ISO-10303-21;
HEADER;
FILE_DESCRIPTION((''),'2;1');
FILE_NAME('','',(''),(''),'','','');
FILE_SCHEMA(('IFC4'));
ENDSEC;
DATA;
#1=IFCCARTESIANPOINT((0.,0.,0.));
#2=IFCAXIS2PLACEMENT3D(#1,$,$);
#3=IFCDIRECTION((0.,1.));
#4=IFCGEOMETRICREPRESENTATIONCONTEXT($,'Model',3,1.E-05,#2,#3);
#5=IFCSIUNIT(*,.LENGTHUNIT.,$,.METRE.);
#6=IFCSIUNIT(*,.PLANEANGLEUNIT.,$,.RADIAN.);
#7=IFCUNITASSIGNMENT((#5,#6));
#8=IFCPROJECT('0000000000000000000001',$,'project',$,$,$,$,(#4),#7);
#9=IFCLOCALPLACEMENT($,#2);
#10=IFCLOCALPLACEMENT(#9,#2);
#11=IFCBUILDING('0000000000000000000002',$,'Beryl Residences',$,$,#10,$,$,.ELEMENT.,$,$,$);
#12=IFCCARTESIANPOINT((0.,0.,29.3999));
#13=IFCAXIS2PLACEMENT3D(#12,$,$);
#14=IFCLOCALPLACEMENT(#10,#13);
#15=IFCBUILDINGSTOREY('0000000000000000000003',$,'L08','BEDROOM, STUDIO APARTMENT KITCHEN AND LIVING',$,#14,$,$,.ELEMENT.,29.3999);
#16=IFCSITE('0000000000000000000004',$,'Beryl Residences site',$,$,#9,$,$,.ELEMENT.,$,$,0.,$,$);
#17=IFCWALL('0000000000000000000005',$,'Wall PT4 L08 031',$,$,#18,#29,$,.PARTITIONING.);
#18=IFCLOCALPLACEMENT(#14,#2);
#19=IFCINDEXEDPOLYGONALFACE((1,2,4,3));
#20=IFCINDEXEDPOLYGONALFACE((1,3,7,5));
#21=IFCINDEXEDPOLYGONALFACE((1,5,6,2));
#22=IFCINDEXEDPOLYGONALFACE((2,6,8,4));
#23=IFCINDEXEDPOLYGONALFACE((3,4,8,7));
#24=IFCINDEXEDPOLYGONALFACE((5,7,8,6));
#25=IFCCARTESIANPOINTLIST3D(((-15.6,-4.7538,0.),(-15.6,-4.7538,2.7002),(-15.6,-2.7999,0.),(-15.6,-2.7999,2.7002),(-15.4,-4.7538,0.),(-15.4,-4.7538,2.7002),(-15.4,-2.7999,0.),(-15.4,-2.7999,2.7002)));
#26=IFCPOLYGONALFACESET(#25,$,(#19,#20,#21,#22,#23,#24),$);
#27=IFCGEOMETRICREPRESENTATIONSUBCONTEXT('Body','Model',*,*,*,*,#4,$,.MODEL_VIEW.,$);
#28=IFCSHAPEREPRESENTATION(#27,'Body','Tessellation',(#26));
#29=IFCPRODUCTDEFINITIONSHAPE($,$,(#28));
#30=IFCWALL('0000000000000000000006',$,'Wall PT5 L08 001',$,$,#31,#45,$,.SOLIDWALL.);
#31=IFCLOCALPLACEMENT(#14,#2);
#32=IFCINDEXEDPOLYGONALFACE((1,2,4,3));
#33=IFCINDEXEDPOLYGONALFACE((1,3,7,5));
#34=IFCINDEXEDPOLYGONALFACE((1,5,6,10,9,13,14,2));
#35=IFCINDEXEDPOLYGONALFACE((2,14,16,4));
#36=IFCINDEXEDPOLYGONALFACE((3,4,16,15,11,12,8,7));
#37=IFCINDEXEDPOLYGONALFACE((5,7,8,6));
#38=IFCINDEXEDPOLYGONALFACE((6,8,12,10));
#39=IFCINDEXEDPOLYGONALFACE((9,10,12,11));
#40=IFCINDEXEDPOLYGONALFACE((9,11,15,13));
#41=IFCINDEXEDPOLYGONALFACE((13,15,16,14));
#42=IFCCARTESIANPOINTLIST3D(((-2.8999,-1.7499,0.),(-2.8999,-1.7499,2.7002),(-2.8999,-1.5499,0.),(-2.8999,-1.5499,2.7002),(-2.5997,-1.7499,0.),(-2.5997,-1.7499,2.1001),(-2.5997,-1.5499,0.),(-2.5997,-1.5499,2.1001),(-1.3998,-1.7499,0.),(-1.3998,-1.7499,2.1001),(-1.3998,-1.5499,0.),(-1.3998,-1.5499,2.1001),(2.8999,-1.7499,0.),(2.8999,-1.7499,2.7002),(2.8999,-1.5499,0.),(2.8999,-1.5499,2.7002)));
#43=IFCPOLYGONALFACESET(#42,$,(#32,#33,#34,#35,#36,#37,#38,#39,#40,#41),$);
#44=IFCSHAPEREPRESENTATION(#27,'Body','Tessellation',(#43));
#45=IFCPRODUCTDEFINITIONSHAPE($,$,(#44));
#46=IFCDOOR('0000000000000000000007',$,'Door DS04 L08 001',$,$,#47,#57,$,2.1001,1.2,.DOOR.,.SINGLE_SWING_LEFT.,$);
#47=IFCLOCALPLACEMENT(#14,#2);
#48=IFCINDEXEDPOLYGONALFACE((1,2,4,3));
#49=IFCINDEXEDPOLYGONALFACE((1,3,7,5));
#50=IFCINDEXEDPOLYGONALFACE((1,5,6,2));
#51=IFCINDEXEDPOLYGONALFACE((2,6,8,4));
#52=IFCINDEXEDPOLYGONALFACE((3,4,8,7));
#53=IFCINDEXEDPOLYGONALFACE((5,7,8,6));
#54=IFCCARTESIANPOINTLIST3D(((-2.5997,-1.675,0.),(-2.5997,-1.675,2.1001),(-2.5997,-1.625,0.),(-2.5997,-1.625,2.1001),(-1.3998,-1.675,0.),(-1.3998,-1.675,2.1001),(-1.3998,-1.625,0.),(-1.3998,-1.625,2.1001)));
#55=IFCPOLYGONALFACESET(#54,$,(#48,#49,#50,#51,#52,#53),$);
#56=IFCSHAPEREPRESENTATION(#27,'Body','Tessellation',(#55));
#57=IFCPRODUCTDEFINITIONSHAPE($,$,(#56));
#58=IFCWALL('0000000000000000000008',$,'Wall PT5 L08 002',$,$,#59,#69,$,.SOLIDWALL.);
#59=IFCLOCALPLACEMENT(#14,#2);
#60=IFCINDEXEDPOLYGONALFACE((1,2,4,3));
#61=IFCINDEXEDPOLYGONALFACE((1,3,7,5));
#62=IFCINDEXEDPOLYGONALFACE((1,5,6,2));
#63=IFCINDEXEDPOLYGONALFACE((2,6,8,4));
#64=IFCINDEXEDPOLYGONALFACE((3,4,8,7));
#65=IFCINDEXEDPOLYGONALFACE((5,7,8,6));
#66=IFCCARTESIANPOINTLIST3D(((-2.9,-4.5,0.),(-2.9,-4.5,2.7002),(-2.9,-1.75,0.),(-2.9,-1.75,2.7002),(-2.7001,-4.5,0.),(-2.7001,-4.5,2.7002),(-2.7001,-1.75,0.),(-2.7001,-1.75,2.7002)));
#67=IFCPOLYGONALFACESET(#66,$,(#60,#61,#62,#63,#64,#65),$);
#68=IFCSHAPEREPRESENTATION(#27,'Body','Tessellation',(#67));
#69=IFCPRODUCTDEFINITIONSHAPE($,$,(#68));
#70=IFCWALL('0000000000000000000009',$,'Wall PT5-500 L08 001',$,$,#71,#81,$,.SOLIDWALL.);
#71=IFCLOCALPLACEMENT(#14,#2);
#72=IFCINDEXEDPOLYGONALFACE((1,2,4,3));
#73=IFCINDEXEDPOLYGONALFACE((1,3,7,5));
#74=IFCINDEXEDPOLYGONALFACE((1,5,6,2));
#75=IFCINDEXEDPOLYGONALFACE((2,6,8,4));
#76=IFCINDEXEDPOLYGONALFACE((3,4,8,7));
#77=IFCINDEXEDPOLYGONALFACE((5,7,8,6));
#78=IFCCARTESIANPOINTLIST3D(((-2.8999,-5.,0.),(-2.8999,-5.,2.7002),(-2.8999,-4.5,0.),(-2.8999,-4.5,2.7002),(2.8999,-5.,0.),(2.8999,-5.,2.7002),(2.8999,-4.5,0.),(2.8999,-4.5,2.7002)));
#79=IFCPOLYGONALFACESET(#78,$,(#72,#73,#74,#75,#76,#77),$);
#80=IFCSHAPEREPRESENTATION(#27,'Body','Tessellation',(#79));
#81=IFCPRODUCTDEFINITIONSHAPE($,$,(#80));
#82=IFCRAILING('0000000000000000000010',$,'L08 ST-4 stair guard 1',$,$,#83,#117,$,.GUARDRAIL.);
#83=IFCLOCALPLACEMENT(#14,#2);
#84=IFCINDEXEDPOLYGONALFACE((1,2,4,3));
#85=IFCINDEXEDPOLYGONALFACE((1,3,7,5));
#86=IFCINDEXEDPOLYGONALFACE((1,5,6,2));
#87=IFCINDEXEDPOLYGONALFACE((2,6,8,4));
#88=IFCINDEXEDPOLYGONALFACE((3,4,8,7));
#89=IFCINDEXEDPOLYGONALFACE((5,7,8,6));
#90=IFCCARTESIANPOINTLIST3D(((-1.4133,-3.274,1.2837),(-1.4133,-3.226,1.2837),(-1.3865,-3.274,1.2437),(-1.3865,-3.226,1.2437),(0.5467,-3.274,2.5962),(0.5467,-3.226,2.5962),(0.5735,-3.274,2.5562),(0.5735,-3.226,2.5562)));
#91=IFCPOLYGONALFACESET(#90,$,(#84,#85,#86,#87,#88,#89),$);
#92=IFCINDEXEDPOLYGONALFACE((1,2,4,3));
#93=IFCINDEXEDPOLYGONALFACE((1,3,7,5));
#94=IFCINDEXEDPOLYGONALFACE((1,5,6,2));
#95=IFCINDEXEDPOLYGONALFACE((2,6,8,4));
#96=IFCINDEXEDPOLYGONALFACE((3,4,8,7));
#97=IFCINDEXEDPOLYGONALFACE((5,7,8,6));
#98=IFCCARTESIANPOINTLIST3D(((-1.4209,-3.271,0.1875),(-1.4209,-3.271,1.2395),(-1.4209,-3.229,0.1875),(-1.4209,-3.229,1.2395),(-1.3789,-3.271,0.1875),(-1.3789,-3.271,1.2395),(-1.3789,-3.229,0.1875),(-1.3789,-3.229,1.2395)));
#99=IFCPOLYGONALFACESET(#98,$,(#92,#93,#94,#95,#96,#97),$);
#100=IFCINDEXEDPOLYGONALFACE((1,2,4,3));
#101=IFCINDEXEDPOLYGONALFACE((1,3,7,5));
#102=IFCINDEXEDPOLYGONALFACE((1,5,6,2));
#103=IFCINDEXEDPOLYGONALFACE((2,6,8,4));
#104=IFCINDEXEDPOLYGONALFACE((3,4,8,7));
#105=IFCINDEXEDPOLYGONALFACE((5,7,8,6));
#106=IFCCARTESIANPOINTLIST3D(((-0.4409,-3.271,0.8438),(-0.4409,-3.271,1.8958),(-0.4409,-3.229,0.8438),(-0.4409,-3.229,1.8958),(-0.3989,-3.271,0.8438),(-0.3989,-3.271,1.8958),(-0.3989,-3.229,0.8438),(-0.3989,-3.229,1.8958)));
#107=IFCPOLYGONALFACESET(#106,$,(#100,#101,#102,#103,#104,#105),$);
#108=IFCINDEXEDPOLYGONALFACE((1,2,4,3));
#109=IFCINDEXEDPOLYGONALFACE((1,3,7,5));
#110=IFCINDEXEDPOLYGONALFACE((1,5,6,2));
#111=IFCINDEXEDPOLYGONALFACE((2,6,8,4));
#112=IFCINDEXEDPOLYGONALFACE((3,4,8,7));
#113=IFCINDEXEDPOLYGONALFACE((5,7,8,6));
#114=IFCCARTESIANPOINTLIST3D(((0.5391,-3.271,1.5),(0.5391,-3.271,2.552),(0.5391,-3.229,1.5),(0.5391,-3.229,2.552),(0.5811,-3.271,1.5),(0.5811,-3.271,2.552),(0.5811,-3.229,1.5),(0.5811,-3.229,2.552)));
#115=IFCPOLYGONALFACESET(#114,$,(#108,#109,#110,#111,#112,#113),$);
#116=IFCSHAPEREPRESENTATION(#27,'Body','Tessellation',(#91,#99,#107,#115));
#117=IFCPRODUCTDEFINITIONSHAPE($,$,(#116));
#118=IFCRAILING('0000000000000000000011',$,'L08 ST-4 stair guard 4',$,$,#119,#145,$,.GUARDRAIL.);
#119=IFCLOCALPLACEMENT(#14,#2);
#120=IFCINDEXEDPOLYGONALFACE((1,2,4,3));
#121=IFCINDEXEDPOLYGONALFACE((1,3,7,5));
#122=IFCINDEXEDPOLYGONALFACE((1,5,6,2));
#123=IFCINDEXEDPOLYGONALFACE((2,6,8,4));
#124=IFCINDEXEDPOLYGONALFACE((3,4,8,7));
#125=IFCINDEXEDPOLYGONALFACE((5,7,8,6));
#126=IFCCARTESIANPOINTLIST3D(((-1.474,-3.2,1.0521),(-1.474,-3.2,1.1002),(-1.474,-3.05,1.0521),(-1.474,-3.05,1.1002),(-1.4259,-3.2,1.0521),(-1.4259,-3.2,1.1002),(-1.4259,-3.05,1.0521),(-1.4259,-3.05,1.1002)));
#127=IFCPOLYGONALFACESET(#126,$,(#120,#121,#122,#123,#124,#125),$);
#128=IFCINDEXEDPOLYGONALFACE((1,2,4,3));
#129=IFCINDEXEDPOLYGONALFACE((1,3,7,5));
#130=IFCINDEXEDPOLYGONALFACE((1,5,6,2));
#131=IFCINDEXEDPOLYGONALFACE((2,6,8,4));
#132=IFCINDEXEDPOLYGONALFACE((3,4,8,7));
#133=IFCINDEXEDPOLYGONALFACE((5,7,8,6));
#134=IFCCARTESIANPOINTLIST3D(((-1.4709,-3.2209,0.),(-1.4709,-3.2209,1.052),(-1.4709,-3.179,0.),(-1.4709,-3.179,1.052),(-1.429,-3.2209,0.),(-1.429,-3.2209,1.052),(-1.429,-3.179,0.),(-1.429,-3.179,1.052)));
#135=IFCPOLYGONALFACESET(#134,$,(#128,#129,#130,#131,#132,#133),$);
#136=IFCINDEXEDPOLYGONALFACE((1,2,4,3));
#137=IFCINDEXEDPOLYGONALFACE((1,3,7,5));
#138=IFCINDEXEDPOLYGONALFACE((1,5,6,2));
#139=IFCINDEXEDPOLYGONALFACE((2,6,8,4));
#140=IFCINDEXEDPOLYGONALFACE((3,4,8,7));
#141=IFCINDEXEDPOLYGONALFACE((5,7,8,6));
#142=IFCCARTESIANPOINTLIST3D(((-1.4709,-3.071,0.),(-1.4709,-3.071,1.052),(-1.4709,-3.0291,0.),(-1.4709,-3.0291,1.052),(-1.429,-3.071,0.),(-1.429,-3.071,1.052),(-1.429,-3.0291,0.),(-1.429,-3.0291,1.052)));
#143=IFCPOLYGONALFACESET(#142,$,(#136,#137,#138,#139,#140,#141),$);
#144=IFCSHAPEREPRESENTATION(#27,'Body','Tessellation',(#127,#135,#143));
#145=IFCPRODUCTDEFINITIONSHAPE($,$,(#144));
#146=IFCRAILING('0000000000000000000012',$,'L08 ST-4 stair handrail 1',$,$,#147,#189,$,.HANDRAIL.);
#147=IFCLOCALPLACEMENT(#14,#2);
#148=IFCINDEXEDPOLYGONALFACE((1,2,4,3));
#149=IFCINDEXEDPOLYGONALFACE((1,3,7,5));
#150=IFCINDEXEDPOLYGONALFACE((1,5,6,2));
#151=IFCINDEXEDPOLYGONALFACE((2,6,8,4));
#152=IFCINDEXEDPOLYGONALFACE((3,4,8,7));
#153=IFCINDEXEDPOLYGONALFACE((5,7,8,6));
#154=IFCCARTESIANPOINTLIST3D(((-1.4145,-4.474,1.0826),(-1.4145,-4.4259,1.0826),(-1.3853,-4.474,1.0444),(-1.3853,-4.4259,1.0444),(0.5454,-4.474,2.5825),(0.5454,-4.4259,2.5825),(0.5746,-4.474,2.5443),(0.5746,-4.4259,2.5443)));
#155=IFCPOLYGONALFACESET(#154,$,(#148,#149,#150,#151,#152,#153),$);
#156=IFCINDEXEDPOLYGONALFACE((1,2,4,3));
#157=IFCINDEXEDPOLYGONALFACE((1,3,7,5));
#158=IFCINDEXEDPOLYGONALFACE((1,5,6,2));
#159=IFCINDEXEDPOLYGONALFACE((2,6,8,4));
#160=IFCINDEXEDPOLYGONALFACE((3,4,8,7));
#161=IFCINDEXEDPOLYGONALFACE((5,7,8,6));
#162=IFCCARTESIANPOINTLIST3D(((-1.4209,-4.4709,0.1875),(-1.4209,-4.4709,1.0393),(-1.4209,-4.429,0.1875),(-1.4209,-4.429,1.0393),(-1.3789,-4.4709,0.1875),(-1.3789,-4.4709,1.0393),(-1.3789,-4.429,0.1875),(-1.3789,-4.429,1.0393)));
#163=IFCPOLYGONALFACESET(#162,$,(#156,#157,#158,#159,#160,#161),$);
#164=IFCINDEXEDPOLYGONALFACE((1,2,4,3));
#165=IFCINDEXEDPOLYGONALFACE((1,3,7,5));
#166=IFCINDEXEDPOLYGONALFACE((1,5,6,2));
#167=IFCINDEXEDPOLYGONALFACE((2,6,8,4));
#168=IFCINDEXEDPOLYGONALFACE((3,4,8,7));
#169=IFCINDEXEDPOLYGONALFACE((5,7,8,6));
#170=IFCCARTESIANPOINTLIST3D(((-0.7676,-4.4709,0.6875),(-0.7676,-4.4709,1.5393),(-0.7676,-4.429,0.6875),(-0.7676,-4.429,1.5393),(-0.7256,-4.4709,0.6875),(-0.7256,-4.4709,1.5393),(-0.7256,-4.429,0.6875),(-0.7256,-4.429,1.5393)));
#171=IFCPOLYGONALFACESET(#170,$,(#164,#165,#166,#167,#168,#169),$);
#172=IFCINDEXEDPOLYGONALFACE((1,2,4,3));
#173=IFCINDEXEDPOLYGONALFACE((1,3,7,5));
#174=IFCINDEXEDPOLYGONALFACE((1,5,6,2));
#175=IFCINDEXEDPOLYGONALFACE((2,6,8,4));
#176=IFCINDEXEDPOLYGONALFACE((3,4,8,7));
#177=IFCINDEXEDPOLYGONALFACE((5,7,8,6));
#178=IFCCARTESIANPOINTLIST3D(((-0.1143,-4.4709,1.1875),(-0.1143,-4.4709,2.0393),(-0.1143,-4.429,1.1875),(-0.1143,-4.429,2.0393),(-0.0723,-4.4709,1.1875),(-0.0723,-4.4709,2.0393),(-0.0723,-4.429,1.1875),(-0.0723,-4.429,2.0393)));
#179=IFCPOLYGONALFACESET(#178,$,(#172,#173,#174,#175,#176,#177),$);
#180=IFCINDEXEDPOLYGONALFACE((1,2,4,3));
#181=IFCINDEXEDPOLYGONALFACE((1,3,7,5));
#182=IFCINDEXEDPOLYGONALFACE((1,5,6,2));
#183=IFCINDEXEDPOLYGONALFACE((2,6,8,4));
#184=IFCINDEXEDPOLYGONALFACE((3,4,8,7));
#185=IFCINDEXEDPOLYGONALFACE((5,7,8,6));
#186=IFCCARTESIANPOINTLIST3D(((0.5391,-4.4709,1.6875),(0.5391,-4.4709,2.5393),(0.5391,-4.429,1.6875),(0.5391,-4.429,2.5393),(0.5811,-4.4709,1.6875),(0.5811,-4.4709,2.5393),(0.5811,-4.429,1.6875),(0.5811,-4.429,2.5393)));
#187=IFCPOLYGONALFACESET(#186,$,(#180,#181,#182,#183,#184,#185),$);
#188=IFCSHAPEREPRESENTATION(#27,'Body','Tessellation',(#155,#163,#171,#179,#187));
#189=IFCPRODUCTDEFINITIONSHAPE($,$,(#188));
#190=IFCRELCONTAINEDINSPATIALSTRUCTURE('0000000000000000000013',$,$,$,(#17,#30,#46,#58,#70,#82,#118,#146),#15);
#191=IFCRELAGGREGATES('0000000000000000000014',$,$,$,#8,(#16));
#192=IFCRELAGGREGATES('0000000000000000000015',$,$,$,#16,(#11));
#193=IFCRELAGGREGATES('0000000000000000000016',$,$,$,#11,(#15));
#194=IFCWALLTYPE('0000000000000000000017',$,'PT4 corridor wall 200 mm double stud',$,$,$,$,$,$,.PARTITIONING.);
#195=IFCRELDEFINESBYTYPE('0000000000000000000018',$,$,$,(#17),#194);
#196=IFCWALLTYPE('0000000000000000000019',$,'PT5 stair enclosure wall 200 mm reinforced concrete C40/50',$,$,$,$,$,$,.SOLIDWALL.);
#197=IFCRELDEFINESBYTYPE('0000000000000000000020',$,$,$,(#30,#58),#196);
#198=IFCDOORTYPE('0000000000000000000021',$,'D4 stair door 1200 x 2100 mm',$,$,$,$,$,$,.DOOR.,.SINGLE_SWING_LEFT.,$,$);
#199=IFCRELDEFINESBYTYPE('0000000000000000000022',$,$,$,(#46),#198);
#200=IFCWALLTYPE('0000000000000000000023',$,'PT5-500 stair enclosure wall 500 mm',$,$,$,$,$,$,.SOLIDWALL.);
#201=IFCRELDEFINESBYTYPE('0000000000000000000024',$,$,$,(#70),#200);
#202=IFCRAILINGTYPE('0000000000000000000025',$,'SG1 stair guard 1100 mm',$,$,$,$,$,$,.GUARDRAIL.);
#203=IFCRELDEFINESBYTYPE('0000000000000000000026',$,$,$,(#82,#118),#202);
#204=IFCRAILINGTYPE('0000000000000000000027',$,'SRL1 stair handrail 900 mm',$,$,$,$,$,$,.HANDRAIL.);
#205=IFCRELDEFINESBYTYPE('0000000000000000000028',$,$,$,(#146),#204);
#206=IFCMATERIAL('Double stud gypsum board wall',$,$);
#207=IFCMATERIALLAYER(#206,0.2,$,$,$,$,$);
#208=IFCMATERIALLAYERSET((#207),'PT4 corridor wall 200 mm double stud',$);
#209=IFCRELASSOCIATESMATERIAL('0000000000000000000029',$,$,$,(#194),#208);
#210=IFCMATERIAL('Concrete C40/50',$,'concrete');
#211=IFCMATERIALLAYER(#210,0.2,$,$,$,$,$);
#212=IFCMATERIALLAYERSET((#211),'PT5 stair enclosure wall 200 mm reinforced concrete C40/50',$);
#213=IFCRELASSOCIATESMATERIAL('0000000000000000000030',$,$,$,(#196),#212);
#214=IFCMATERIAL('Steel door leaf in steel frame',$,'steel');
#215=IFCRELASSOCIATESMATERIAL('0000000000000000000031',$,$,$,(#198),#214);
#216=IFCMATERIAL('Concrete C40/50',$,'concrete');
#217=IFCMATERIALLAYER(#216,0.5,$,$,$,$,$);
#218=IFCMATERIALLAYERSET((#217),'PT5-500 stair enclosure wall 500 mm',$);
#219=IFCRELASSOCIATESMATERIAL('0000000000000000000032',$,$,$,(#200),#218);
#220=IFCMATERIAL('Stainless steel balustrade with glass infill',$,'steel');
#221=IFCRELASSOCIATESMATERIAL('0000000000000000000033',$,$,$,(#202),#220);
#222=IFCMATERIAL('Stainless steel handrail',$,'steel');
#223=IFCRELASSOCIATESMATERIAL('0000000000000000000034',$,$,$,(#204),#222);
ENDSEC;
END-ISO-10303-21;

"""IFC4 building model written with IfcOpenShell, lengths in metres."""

from ifc_helpers import new_model, si_unit, direction, frame, frame_2d, origin, origin_2d, place, context, subcontext, project, spatial, rectangle, extrude, material, layer, layer_set, type_object, element, fill, save


model = new_model("IFC4")

# Units and contexts
model_context = context("Model", 3, precision=1e-05, world=origin(), true_north=direction((0.0, 1.0)))
body_context = subcontext(model_context, "Body", "Model", "MODEL_VIEW")
ifc_project = project(units=[si_unit("LENGTHUNIT", "METRE"), si_unit("PLANEANGLEUNIT", "RADIAN")], contexts=[model_context])

# Site, building, storey
site_placement = place(None, origin())
site = spatial("IfcSite", under=ifc_project, at=site_placement, Name="Beryl Residences site", CompositionType="ELEMENT", RefElevation=0.0)
building_placement = place(site_placement, origin())
building = spatial("IfcBuilding", under=site, at=building_placement, Name="Beryl Residences", CompositionType="ELEMENT")
storey_placement = place(building_placement, frame((0.0, 0.0, 29.3999)))
storey = spatial("IfcBuildingStorey", under=building, at=storey_placement, Name="L08", Description="BEDROOM, STUDIO APARTMENT KITCHEN AND LIVING", CompositionType="ELEMENT", Elevation=29.3999)

# Shared definitions
ifc_material_1 = material(Name="Double stud gypsum board wall")
ifc_layer_1 = layer(ifc_material_1, 0.2)
ifc_layer_set_1 = layer_set([ifc_layer_1], Name="PT4 corridor wall 200 mm double stud")
wall_type_1 = type_object("IfcWallType", Name="PT4 corridor wall 200 mm double stud", PredefinedType="PARTITIONING", material=ifc_layer_set_1)

# Wall
wall_1_placement = place(storey_placement, frame((-15.5, -4.7539, 0.0), z_axis=(0.0, 0.0, 1.0), x_axis=(0.0, 1.0, 0.0)))
element("IfcWall", 1, at=wall_1_placement, inside=storey, type_object=wall_type_1, Name="Wall PT4 L08 031", PredefinedType="PARTITIONING", context=body_context, shape_type="SweptSolid", body=[
    extrude(rectangle(XDim=1.9539, YDim=0.2, at=frame_2d((0.9771, 0.0))), origin(), (0.0, 0.0, 1.0), 2.7002),
])

# Wall, opening, door
ifc_material_2 = material(Name="Concrete C40/50", Category="concrete")
ifc_layer_2 = layer(ifc_material_2, 0.2)
ifc_layer_set_2 = layer_set([ifc_layer_2], Name="PT5 stair enclosure wall 200 mm reinforced concrete C40/50")
wall_type_2 = type_object("IfcWallType", Name="PT5 stair enclosure wall 200 mm reinforced concrete C40/50", PredefinedType="SOLIDWALL", material=ifc_layer_set_2)
wall_2_placement = place(storey_placement, frame((-2.8999, -1.6499, 0.0), z_axis=(0.0, 0.0, 1.0), x_axis=(1.0, 0.0, 0.0)))
wall_2 = element("IfcWall", 2, at=wall_2_placement, inside=storey, type_object=wall_type_2, Name="Wall PT5 L08 001", PredefinedType="SOLIDWALL", context=body_context, shape_type="SweptSolid", body=[
    extrude(rectangle(XDim=5.7998, YDim=0.2, at=frame_2d((2.8999, 0.0))), origin(), (0.0, 0.0, 1.0), 2.7002),
])
opening_1_placement = place(wall_2_placement, frame((0.3, 0.0, 0.0)))
opening_1 = element("IfcOpeningElement", 3, at=opening_1_placement, cuts=wall_2, PredefinedType="OPENING", context=body_context, shape_type="SweptSolid", body=[
    extrude(rectangle(XDim=1.2, YDim=2.1001, at=frame_2d((0.6001, 1.05))), frame((0.0, 0.1099, 0.0), z_axis=(0.0, -1.0, 0.0), x_axis=(1.0, 0.0, 0.0)), (0.0, 0.0, 1.0), 0.22),
])
ifc_material_3 = material(Name="Steel door leaf in steel frame", Category="steel")
door_type_1 = type_object("IfcDoorType", Name="D4 stair door 1200 x 2100 mm", OperationType="SINGLE_SWING_LEFT", PredefinedType="DOOR", material=ifc_material_3)
door_1_placement = place(opening_1_placement, origin())
door_1 = element("IfcDoor", 4, at=door_1_placement, inside=storey, type_object=door_type_1, Name="Door DS04 L08 001", OperationType="SINGLE_SWING_LEFT", OverallHeight=2.1001, OverallWidth=1.2, PredefinedType="DOOR", context=body_context, shape_type="SweptSolid", body=[
    extrude(rectangle(XDim=1.2, YDim=2.1001, at=frame_2d((0.6001, 1.05))), frame((0.0, 0.0249, 0.0), z_axis=(0.0, -1.0, 0.0), x_axis=(1.0, 0.0, 0.0)), (0.0, 0.0, 1.0), 0.05),
])
fill(opening_1, door_1)

# Walls
wall_3_placement = place(storey_placement, frame((-2.8, -4.5, 0.0), z_axis=(0.0, 0.0, 1.0), x_axis=(0.0, 1.0, 0.0)))
element("IfcWall", 5, at=wall_3_placement, inside=storey, type_object=wall_type_2, Name="Wall PT5 L08 002", PredefinedType="SOLIDWALL", context=body_context, shape_type="SweptSolid", body=[
    extrude(rectangle(XDim=2.75, YDim=0.2, at=frame_2d((1.375, 0.0))), origin(), (0.0, 0.0, 1.0), 2.7002),
])
ifc_material_4 = material(Name="Concrete C40/50", Category="concrete")
ifc_layer_3 = layer(ifc_material_4, 0.5)
ifc_layer_set_3 = layer_set([ifc_layer_3], Name="PT5-500 stair enclosure wall 500 mm")
wall_type_3 = type_object("IfcWallType", Name="PT5-500 stair enclosure wall 500 mm", PredefinedType="SOLIDWALL", material=ifc_layer_set_3)
wall_4_placement = place(storey_placement, frame((-2.8999, -4.75, 0.0), z_axis=(0.0, 0.0, 1.0), x_axis=(1.0, 0.0, 0.0)))
element("IfcWall", 6, at=wall_4_placement, inside=storey, type_object=wall_type_3, Name="Wall PT5-500 L08 001", PredefinedType="SOLIDWALL", context=body_context, shape_type="SweptSolid", body=[
    extrude(rectangle(XDim=5.7998, YDim=0.5, at=frame_2d((2.8999, 0.0))), origin(), (0.0, 0.0, 1.0), 2.7002),
])

# Railings
ifc_material_5 = material(Name="Stainless steel balustrade with glass infill", Category="steel")
railing_type_1 = type_object("IfcRailingType", Name="SG1 stair guard 1100 mm", PredefinedType="GUARDRAIL", material=ifc_material_5)
railing_1_placement = place(storey_placement, frame((-1.3999, -3.25, 0.1875)))
element("IfcRailing", 7, at=railing_1_placement, inside=storey, type_object=railing_type_1, Name="L08 ST-4 stair guard 1", PredefinedType="GUARDRAIL", context=body_context, shape_type="SweptSolid", body=[
    extrude(rectangle(XDim=0.0481, YDim=0.0481, at=origin_2d()), frame((0.0, 0.0, 1.0762), z_axis=(0.830902, 0.0, 0.556419), x_axis=(0.0, 1.0, 0.0)), (0.0, 0.0, 1.0), 2.3589),
    extrude(rectangle(XDim=0.042, YDim=0.042, at=origin_2d()), origin(), (0.0, 0.0, 1.0), 1.052),
    extrude(rectangle(XDim=0.042, YDim=0.042, at=origin_2d()), frame((0.98, 0.0, 0.6562)), (0.0, 0.0, 1.0), 1.052),
    extrude(rectangle(XDim=0.042, YDim=0.042, at=origin_2d()), frame((1.96, 0.0, 1.3125)), (0.0, 0.0, 1.0), 1.052),
])
railing_2_placement = place(storey_placement, frame((-1.45, -3.2, 0.0)))
element("IfcRailing", 8, at=railing_2_placement, inside=storey, type_object=railing_type_1, Name="L08 ST-4 stair guard 4", PredefinedType="GUARDRAIL", context=body_context, shape_type="SweptSolid", body=[
    extrude(rectangle(XDim=0.0481, YDim=0.0481, at=origin_2d()), frame((0.0, 0.0, 1.0762), z_axis=(0.0, 1.0, 0.0), x_axis=(-1.0, 0.0, 0.0)), (0.0, 0.0, 1.0), 0.1499),
    extrude(rectangle(XDim=0.042, YDim=0.042, at=origin_2d()), origin(), (0.0, 0.0, 1.0), 1.052),
    extrude(rectangle(XDim=0.042, YDim=0.042, at=origin_2d()), frame((0.0, 0.1499, 0.0)), (0.0, 0.0, 1.0), 1.052),
])
ifc_material_6 = material(Name="Stainless steel handrail", Category="steel")
railing_type_2 = type_object("IfcRailingType", Name="SRL1 stair handrail 900 mm", PredefinedType="HANDRAIL", material=ifc_material_6)
railing_3_placement = place(storey_placement, frame((-1.3999, -4.45, 0.1875)))
element("IfcRailing", 9, at=railing_3_placement, inside=storey, type_object=railing_type_2, Name="L08 ST-4 stair handrail 1", PredefinedType="HANDRAIL", context=body_context, shape_type="SweptSolid", body=[
    extrude(rectangle(XDim=0.0481, YDim=0.0481, at=origin_2d()), frame((0.0, 0.0, 0.876), z_axis=(0.794122, 0.0, 0.607758), x_axis=(0.0, 1.0, 0.0)), (0.0, 0.0, 1.0), 2.468),
    extrude(rectangle(XDim=0.042, YDim=0.042, at=origin_2d()), origin(), (0.0, 0.0, 1.0), 0.8518),
    extrude(rectangle(XDim=0.042, YDim=0.042, at=origin_2d()), frame((0.6533, 0.0, 0.5)), (0.0, 0.0, 1.0), 0.8518),
    extrude(rectangle(XDim=0.042, YDim=0.042, at=origin_2d()), frame((1.3066, 0.0, 1.0)), (0.0, 0.0, 1.0), 0.8518),
    extrude(rectangle(XDim=0.042, YDim=0.042, at=origin_2d()), frame((1.96, 0.0, 1.5)), (0.0, 0.0, 1.0), 0.8518),
])

save(model, "model.ifc")
